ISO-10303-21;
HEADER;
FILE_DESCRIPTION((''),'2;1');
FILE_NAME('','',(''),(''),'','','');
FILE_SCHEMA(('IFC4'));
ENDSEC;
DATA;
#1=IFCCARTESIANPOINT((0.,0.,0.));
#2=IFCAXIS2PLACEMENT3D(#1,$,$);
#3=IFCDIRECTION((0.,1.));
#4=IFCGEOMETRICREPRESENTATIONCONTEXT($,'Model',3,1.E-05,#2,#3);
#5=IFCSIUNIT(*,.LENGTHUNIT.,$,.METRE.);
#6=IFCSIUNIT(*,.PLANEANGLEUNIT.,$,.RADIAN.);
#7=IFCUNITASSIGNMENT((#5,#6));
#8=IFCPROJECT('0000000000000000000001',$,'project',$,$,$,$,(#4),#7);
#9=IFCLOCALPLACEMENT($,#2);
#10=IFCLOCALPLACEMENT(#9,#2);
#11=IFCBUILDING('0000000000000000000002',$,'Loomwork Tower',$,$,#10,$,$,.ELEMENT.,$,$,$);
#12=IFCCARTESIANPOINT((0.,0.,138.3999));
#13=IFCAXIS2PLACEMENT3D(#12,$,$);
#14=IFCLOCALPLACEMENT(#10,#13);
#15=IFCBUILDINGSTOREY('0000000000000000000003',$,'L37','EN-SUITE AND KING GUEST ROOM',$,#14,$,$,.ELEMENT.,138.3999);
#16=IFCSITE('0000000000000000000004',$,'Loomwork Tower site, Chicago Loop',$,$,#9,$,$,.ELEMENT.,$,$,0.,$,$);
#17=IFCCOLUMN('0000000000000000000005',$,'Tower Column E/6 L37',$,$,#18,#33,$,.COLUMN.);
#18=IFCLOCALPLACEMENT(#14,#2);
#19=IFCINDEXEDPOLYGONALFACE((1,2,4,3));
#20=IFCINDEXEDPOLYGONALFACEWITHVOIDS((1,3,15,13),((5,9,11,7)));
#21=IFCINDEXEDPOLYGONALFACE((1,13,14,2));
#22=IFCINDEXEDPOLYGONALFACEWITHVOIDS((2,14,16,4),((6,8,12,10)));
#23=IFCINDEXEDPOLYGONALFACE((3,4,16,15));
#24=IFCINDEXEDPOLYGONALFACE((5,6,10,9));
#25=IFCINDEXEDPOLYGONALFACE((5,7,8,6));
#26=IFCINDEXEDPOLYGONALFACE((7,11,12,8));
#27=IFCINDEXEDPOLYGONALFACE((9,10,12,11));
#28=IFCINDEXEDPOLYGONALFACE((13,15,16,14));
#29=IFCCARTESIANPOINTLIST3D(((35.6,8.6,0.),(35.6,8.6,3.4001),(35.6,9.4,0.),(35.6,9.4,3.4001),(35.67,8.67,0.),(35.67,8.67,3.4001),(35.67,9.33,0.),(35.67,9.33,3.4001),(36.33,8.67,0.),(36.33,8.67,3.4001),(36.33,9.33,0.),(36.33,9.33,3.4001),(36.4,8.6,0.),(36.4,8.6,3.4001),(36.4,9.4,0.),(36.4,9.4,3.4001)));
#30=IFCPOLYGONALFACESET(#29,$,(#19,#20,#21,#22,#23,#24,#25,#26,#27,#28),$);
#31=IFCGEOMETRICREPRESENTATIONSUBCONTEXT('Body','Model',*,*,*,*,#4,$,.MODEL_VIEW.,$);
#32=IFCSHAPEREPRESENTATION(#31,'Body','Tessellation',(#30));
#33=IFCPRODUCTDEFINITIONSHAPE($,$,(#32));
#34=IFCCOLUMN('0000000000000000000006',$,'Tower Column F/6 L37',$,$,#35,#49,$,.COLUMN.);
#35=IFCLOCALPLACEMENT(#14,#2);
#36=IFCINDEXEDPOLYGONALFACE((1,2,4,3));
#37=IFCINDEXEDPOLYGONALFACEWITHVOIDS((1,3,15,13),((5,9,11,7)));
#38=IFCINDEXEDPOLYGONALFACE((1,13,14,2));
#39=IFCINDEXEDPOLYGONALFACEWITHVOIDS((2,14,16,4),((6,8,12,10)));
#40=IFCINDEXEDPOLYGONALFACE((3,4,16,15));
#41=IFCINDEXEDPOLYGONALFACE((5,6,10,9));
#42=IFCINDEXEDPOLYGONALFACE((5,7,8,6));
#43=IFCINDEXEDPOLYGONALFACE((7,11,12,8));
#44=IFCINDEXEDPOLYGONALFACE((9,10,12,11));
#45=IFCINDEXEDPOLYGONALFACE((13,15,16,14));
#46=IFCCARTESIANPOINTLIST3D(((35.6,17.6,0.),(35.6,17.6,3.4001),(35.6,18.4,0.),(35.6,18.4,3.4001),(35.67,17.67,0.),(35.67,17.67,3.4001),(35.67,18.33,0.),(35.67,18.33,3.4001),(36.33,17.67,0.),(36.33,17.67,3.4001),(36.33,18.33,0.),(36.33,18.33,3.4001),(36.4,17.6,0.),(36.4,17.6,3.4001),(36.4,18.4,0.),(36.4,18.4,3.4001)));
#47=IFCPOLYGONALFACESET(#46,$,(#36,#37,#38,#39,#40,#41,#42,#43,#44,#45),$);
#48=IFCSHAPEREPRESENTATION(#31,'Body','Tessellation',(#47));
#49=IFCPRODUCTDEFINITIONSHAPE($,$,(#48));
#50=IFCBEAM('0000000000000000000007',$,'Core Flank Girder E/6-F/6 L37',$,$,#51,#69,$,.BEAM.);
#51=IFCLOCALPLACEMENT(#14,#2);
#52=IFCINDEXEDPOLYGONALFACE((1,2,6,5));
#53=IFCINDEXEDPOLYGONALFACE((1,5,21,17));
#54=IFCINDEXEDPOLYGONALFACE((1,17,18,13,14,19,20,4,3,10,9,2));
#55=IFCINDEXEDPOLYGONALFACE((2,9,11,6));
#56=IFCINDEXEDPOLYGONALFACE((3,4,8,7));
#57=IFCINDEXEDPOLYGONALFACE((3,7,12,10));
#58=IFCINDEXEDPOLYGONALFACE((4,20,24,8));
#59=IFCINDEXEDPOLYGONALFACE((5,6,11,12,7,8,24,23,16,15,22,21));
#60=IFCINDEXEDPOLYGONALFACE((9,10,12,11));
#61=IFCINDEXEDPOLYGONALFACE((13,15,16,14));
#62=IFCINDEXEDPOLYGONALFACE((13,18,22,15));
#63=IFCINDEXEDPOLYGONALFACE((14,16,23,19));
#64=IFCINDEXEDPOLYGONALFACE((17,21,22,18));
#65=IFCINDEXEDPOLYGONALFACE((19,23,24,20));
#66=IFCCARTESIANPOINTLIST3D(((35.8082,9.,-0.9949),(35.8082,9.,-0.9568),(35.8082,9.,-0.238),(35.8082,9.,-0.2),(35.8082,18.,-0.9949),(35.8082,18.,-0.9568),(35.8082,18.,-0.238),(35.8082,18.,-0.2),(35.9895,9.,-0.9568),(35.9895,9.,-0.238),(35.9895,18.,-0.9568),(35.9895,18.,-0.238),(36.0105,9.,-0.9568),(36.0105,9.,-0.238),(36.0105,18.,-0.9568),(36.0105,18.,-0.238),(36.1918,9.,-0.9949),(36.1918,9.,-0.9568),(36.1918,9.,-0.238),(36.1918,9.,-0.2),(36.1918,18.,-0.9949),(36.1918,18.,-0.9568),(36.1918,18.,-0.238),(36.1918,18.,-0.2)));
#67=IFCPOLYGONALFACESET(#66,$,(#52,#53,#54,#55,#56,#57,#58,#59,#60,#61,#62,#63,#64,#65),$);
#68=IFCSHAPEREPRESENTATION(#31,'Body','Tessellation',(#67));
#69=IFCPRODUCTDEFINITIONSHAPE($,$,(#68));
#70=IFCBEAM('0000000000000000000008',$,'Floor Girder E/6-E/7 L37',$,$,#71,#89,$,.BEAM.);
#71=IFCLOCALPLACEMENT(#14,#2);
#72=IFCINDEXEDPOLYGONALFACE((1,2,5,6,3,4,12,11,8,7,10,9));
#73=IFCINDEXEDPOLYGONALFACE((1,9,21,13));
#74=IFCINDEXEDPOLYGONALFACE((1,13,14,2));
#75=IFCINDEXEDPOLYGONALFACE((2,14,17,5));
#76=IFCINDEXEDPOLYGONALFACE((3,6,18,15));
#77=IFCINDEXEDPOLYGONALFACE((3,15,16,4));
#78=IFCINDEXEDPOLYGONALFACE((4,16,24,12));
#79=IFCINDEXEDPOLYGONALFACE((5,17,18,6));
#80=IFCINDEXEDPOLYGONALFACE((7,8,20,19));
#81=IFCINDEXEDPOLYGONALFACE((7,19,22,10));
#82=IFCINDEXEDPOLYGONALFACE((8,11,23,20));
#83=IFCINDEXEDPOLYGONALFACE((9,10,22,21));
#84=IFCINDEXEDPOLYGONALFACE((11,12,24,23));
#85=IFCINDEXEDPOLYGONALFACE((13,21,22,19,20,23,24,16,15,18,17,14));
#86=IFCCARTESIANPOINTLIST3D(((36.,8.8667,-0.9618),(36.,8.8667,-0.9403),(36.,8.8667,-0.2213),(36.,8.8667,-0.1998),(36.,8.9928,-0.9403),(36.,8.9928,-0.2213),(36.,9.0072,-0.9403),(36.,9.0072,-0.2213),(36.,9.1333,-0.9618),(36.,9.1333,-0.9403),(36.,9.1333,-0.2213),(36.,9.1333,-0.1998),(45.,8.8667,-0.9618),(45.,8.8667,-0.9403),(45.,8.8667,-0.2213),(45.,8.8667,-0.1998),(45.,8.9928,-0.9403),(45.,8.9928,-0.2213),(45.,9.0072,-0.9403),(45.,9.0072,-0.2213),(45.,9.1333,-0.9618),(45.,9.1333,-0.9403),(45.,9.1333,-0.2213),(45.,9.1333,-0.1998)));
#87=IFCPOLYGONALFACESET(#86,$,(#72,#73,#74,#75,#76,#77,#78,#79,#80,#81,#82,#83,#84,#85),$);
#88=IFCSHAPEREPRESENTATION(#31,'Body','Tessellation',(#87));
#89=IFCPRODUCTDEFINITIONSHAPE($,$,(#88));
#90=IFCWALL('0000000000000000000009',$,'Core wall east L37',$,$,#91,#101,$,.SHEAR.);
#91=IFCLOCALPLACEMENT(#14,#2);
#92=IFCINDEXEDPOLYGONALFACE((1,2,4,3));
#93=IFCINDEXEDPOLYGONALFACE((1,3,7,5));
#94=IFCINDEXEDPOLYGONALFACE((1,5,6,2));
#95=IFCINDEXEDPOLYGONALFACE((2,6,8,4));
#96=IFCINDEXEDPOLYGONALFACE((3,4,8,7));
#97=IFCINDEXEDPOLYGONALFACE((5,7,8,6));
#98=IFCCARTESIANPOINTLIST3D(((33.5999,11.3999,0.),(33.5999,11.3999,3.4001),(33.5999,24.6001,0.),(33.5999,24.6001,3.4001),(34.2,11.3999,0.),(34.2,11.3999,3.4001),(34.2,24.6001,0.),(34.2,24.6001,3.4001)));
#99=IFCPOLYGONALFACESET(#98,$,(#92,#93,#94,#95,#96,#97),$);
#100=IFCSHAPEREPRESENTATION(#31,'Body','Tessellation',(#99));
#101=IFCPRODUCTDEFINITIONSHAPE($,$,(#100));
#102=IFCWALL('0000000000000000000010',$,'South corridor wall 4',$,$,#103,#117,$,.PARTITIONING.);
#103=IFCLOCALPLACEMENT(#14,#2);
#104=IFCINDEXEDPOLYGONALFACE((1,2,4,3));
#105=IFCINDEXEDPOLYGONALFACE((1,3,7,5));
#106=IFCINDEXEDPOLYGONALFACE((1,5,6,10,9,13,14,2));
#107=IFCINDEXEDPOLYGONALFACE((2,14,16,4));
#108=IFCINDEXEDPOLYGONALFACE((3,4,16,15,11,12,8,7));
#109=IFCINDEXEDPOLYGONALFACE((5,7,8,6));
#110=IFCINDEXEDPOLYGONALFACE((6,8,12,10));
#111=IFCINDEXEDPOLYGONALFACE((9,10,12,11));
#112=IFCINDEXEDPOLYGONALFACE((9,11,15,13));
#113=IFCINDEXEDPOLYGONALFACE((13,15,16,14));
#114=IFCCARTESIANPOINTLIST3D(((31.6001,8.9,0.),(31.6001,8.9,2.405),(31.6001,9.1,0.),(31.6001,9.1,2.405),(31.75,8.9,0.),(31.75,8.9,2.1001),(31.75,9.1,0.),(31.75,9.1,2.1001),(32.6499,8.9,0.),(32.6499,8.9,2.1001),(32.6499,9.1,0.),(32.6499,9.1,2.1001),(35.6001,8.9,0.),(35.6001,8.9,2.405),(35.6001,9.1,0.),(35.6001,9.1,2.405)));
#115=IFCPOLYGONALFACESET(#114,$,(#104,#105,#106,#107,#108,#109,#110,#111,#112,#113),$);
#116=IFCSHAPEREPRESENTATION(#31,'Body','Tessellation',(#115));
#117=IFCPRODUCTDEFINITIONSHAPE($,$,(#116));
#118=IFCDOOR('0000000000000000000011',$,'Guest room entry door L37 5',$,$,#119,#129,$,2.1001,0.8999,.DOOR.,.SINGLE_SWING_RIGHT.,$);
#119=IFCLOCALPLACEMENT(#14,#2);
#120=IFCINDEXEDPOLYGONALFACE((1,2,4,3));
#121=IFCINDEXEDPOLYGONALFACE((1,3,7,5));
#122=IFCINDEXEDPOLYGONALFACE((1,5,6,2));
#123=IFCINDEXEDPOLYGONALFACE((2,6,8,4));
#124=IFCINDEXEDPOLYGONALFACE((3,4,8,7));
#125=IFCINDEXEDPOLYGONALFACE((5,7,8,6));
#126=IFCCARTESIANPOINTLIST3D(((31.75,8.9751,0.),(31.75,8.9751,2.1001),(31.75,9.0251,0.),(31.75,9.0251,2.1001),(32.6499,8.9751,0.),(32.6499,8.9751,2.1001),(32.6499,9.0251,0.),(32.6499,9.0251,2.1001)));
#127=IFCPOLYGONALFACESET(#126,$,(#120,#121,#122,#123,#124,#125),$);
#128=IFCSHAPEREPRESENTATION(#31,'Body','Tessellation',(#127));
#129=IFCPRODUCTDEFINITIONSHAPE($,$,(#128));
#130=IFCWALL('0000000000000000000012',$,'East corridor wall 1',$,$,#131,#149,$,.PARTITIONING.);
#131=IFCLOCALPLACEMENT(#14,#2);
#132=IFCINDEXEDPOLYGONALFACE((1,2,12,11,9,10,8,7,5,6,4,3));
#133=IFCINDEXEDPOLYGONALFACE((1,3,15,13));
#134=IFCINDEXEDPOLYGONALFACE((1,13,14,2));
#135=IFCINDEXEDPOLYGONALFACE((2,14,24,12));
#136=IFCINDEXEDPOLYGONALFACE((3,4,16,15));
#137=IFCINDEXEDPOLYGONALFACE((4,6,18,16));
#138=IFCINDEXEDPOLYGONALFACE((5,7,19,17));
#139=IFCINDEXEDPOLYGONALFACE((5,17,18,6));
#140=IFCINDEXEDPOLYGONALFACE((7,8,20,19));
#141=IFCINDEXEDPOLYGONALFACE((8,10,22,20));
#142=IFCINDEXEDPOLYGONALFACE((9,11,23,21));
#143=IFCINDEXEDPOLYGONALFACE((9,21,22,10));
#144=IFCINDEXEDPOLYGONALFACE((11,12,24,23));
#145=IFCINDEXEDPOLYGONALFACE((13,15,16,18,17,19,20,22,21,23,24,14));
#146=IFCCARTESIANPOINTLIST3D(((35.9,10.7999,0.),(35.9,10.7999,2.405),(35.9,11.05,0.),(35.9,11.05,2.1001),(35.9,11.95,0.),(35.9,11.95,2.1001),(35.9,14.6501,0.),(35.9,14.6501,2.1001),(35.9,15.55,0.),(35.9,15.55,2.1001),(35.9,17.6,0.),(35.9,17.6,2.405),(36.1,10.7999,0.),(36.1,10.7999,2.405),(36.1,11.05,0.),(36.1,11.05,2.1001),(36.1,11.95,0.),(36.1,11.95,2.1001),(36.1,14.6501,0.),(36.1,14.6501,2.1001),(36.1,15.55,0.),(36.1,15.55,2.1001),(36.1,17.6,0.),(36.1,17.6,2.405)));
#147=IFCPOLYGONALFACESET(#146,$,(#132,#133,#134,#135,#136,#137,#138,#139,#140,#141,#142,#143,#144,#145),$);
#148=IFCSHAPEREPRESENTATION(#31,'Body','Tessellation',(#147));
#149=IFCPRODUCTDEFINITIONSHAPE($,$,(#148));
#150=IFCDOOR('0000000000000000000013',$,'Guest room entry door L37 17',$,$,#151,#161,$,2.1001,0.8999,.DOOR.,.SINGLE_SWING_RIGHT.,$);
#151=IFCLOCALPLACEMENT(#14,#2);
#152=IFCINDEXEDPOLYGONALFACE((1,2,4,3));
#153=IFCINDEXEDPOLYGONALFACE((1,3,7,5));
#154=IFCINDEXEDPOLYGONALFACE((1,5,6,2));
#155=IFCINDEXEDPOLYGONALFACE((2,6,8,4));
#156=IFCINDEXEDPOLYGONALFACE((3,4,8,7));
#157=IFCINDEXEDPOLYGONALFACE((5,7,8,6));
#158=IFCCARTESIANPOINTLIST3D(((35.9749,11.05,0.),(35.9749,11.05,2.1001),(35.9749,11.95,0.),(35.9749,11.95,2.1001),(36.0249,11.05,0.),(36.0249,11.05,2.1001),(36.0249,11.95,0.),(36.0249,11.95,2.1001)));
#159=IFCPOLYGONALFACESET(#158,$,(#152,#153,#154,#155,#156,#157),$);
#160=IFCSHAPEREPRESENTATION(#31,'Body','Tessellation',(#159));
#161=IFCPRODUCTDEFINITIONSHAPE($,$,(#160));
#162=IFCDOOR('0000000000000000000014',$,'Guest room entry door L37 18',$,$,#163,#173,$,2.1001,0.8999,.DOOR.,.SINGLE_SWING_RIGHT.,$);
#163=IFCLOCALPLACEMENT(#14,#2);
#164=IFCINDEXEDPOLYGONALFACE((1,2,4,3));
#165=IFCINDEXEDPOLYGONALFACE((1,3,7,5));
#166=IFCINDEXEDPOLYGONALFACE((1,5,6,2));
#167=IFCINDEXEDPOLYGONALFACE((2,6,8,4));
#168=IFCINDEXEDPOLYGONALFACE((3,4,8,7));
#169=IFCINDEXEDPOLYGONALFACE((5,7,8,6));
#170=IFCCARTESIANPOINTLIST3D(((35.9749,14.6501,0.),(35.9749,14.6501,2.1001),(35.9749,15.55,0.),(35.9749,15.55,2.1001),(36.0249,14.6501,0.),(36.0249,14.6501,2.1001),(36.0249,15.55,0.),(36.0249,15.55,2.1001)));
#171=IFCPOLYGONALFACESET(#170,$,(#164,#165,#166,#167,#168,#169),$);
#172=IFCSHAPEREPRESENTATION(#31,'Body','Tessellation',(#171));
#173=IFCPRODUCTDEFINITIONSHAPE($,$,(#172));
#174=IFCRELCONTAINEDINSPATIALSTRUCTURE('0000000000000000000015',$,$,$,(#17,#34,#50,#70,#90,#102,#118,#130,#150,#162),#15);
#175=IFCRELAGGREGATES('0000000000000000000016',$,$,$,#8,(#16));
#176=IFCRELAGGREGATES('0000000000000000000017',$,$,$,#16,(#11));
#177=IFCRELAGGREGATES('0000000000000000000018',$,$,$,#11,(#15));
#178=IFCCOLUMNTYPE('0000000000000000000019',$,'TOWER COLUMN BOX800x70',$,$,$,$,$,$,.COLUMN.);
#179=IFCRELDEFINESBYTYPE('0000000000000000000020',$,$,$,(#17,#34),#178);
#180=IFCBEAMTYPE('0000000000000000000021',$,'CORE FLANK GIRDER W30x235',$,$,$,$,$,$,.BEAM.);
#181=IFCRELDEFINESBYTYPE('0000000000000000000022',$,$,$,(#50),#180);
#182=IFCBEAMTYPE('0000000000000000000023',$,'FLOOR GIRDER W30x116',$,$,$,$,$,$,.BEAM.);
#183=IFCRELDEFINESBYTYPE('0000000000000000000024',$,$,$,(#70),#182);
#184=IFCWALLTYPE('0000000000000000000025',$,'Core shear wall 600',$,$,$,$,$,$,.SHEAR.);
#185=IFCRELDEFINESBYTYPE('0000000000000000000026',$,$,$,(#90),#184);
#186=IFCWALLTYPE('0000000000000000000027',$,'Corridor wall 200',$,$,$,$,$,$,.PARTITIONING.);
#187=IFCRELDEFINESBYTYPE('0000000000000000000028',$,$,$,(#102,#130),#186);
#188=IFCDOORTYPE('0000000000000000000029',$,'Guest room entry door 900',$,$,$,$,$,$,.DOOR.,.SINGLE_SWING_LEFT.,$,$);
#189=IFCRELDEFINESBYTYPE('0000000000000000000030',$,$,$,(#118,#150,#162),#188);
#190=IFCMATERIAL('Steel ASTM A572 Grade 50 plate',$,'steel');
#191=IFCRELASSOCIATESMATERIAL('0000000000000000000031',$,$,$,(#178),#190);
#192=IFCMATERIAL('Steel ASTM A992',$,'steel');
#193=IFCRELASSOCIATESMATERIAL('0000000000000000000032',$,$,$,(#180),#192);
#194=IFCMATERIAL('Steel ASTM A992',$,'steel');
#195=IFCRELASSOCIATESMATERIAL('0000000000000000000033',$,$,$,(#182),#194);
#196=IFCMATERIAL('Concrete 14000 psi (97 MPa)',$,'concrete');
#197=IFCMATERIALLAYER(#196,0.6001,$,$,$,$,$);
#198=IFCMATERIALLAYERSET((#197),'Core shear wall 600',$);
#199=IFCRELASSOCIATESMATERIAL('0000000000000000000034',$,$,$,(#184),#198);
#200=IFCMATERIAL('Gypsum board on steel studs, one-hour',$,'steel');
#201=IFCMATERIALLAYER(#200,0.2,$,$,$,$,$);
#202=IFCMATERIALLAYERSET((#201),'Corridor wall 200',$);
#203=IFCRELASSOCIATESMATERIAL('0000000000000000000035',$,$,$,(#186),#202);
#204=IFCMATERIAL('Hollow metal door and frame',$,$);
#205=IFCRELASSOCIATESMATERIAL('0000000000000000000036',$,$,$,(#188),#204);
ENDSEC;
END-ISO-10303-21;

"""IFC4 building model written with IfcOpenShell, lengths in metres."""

from ifc_helpers import new_model, si_unit, direction, frame, frame_2d, origin, origin_2d, place, context, subcontext, project, spatial, rectangle, hollow_rectangle, i_section, extrude, material, layer, layer_set, material_profile, profile_set, type_object, element, fill, save


model = new_model("IFC4")

# Units and contexts
model_context = context("Model", 3, precision=1e-05, world=origin(), true_north=direction((0.0, 1.0)))
body_context = subcontext(model_context, "Body", "Model", "MODEL_VIEW")
ifc_project = project(units=[si_unit("LENGTHUNIT", "METRE"), si_unit("PLANEANGLEUNIT", "RADIAN")], contexts=[model_context])

# Site, building, storey
site_placement = place(None, origin())
site = spatial("IfcSite", under=ifc_project, at=site_placement, Name="Loomwork Tower site, Chicago Loop", CompositionType="ELEMENT", RefElevation=0.0)
building_placement = place(site_placement, origin())
building = spatial("IfcBuilding", under=site, at=building_placement, Name="Loomwork Tower", CompositionType="ELEMENT")
storey_placement = place(building_placement, frame((0.0, 0.0, 138.3999)))
storey = spatial("IfcBuildingStorey", under=building, at=storey_placement, Name="L37", Description="EN-SUITE AND KING GUEST ROOM", CompositionType="ELEMENT", Elevation=138.3999)

# Columns
ifc_material_1 = material(Name="Steel ASTM A572 Grade 50 plate", Category="steel")
ifc_material_profile_1 = material_profile(ifc_material_1, hollow_rectangle(XDim=0.8, YDim=0.8, WallThickness=0.0701, at=origin_2d()), Name="BOX800x70")
ifc_profile_set_1 = profile_set([ifc_material_profile_1], Name="Steel ASTM A572 Grade 50 plate")
column_type = type_object("IfcColumnType", Name="TOWER COLUMN BOX800x70", PredefinedType="COLUMN", material=ifc_profile_set_1)
for number, where, z_axis, x_axis, name in (
    (1, (36.0, 9.0, 0.0), (0.0, 0.0, 1.0), (0.0, 1.0, 0.0), "Tower Column E/6 L37"),
    (2, (36.0, 18.0, 0.0), (0.0, 0.0, 1.0), (0.0, 1.0, 0.0), "Tower Column F/6 L37"),
):
    element("IfcColumn", number, at=place(storey_placement, frame(where, z_axis=z_axis, x_axis=x_axis)), inside=storey, type_object=column_type, Name=name, PredefinedType="COLUMN", context=body_context, shape_type="SweptSolid", body=[
        extrude(hollow_rectangle(XDim=0.8, YDim=0.8, WallThickness=0.0701, at=origin_2d()), origin(), (0.0, 0.0, 1.0), 3.4001),
    ])

# Beams
ifc_material_2 = material(Name="Steel ASTM A992", Category="steel")
ifc_material_profile_2 = material_profile(ifc_material_2, i_section(OverallWidth=0.3835, OverallDepth=0.7949, WebThickness=0.021, FlangeThickness=0.0381, at=origin_2d()), Name="W30x235")
ifc_profile_set_2 = profile_set([ifc_material_profile_2], Name="Steel ASTM A992")
beam_type_1 = type_object("IfcBeamType", Name="CORE FLANK GIRDER W30x235", PredefinedType="BEAM", material=ifc_profile_set_2)
beam_1_placement = place(storey_placement, frame((36.0, 9.0, -0.5974), z_axis=(0.0, 1.0, 0.0), x_axis=(-1.0, 0.0, 0.0)))
element("IfcBeam", 3, at=beam_1_placement, inside=storey, type_object=beam_type_1, Name="Core Flank Girder E/6-F/6 L37", PredefinedType="BEAM", context=body_context, shape_type="SweptSolid", body=[
    extrude(i_section(OverallWidth=0.3835, OverallDepth=0.7949, WebThickness=0.021, FlangeThickness=0.0381, at=origin_2d()), origin(), (0.0, 0.0, 1.0), 9.0),
])
ifc_material_3 = material(Name="Steel ASTM A992", Category="steel")
ifc_material_profile_3 = material_profile(ifc_material_3, i_section(OverallWidth=0.2666, OverallDepth=0.762, WebThickness=0.0144, FlangeThickness=0.0215, at=origin_2d()), Name="W30x116")
ifc_profile_set_3 = profile_set([ifc_material_profile_3], Name="Steel ASTM A992")
beam_type_2 = type_object("IfcBeamType", Name="FLOOR GIRDER W30x116", PredefinedType="BEAM", material=ifc_profile_set_3)
beam_2_placement = place(storey_placement, frame((36.0, 9.0, -0.5808), z_axis=(1.0, 0.0, 0.0), x_axis=(0.0, 1.0, 0.0)))
element("IfcBeam", 4, at=beam_2_placement, inside=storey, type_object=beam_type_2, Name="Floor Girder E/6-E/7 L37", PredefinedType="BEAM", context=body_context, shape_type="SweptSolid", body=[
    extrude(i_section(OverallWidth=0.2666, OverallDepth=0.762, WebThickness=0.0144, FlangeThickness=0.0215, at=origin_2d()), origin(), (0.0, 0.0, 1.0), 9.0),
])

# Wall
ifc_material_4 = material(Name="Concrete 14000 psi (97 MPa)", Category="concrete")
ifc_layer_1 = layer(ifc_material_4, 0.6001)
ifc_layer_set_1 = layer_set([ifc_layer_1], Name="Core shear wall 600")
wall_type_1 = type_object("IfcWallType", Name="Core shear wall 600", PredefinedType="SHEAR", material=ifc_layer_set_1)
wall_1_placement = place(storey_placement, frame((33.8999, 11.3999, 0.0), z_axis=(0.0, 0.0, 1.0), x_axis=(0.0, 1.0, 0.0)))
element("IfcWall", 5, at=wall_1_placement, inside=storey, type_object=wall_type_1, Name="Core wall east L37", PredefinedType="SHEAR", context=body_context, shape_type="SweptSolid", body=[
    extrude(rectangle(XDim=13.2002, YDim=0.6001, at=frame_2d((6.6001, 0.0))), origin(), (0.0, 0.0, 1.0), 3.4001),
])

# Wall, opening, door
ifc_material_5 = material(Name="Gypsum board on steel studs, one-hour", Category="steel")
ifc_layer_2 = layer(ifc_material_5, 0.2)
ifc_layer_set_2 = layer_set([ifc_layer_2], Name="Corridor wall 200")
wall_type_2 = type_object("IfcWallType", Name="Corridor wall 200", PredefinedType="PARTITIONING", material=ifc_layer_set_2)
wall_2_placement = place(storey_placement, frame((31.6001, 9.0, 0.0), z_axis=(0.0, 0.0, 1.0), x_axis=(1.0, 0.0, 0.0)))
wall_2 = element("IfcWall", 6, at=wall_2_placement, inside=storey, type_object=wall_type_2, Name="South corridor wall 4", PredefinedType="PARTITIONING", context=body_context, shape_type="SweptSolid", body=[
    extrude(rectangle(XDim=4.0, YDim=0.2, at=frame_2d((2.0, 0.0))), origin(), (0.0, 0.0, 1.0), 2.405),
])
opening_1_placement = place(wall_2_placement, frame((0.1499, 0.0, 0.0)))
opening_1 = element("IfcOpeningElement", 7, at=opening_1_placement, cuts=wall_2, PredefinedType="OPENING", context=body_context, shape_type="SweptSolid", body=[
    extrude(rectangle(XDim=0.8999, YDim=2.1001, at=frame_2d((0.45, 1.05))), frame((0.0, 0.1099, 0.0), z_axis=(0.0, -1.0, 0.0), x_axis=(1.0, 0.0, 0.0)), (0.0, 0.0, 1.0), 0.22),
])
ifc_material_6 = material(Name="Hollow metal door and frame")
door_type_1 = type_object("IfcDoorType", Name="Guest room entry door 900", OperationType="SINGLE_SWING_LEFT", PredefinedType="DOOR", material=ifc_material_6)
door_1_placement = place(opening_1_placement, frame((0.8999, 0.0, 0.0), z_axis=(0.0, 0.0, 1.0), x_axis=(-1.0, 0.0, 0.0)))
door_1 = element("IfcDoor", 8, at=door_1_placement, inside=storey, type_object=door_type_1, Name="Guest room entry door L37 5", OperationType="SINGLE_SWING_RIGHT", OverallHeight=2.1001, OverallWidth=0.8999, PredefinedType="DOOR", context=body_context, shape_type="SweptSolid", body=[
    extrude(rectangle(XDim=0.8999, YDim=2.1001, at=frame_2d((0.45, 1.05))), frame((0.0, 0.0249, 0.0), z_axis=(0.0, -1.0, 0.0), x_axis=(1.0, 0.0, 0.0)), (0.0, 0.0, 1.0), 0.05),
])
fill(opening_1, door_1)

# Wall, openings, doors
wall_3_placement = place(storey_placement, frame((36.0, 10.8, 0.0), z_axis=(0.0, 0.0, 1.0), x_axis=(0.0, 1.0, 0.0)))
wall_3 = element("IfcWall", 9, at=wall_3_placement, inside=storey, type_object=wall_type_2, Name="East corridor wall 1", PredefinedType="PARTITIONING", context=body_context, shape_type="SweptSolid", body=[
    extrude(rectangle(XDim=6.8, YDim=0.2, at=frame_2d((3.3999, 0.0))), origin(), (0.0, 0.0, 1.0), 2.405),
])
opening_2_placement = place(wall_3_placement, frame((0.25, 0.0, 0.0)))
opening_2 = element("IfcOpeningElement", 10, at=opening_2_placement, cuts=wall_3, PredefinedType="OPENING", context=body_context, shape_type="SweptSolid", body=[
    extrude(rectangle(XDim=0.8999, YDim=2.1001, at=frame_2d((0.45, 1.05))), frame((0.0, 0.1099, 0.0), z_axis=(0.0, -1.0, 0.0), x_axis=(1.0, 0.0, 0.0)), (0.0, 0.0, 1.0), 0.22),
])
opening_3_placement = place(wall_3_placement, frame((3.8501, 0.0, 0.0)))
opening_3 = element("IfcOpeningElement", 11, at=opening_3_placement, cuts=wall_3, PredefinedType="OPENING", context=body_context, shape_type="SweptSolid", body=[
    extrude(rectangle(XDim=0.8999, YDim=2.1001, at=frame_2d((0.45, 1.05))), frame((0.0, 0.1099, 0.0), z_axis=(0.0, -1.0, 0.0), x_axis=(1.0, 0.0, 0.0)), (0.0, 0.0, 1.0), 0.22),
])
door_2_placement = place(opening_2_placement, frame((0.8999, 0.0, 0.0), z_axis=(0.0, 0.0, 1.0), x_axis=(-1.0, 0.0, 0.0)))
door_2 = element("IfcDoor", 12, at=door_2_placement, inside=storey, type_object=door_type_1, Name="Guest room entry door L37 17", OperationType="SINGLE_SWING_RIGHT", OverallHeight=2.1001, OverallWidth=0.8999, PredefinedType="DOOR", context=body_context, shape_type="SweptSolid", body=[
    extrude(rectangle(XDim=0.8999, YDim=2.1001, at=frame_2d((0.45, 1.05))), frame((0.0, 0.0249, 0.0), z_axis=(0.0, -1.0, 0.0), x_axis=(1.0, 0.0, 0.0)), (0.0, 0.0, 1.0), 0.05),
])
fill(opening_2, door_2)
door_3_placement = place(opening_3_placement, frame((0.8999, 0.0, 0.0), z_axis=(0.0, 0.0, 1.0), x_axis=(-1.0, 0.0, 0.0)))
door_3 = element("IfcDoor", 13, at=door_3_placement, inside=storey, type_object=door_type_1, Name="Guest room entry door L37 18", OperationType="SINGLE_SWING_RIGHT", OverallHeight=2.1001, OverallWidth=0.8999, PredefinedType="DOOR", context=body_context, shape_type="SweptSolid", body=[
    extrude(rectangle(XDim=0.8999, YDim=2.1001, at=frame_2d((0.45, 1.05))), frame((0.0, 0.0249, 0.0), z_axis=(0.0, -1.0, 0.0), x_axis=(1.0, 0.0, 0.0)), (0.0, 0.0, 1.0), 0.05),
])
fill(opening_3, door_3)

save(model, "model.ifc")
